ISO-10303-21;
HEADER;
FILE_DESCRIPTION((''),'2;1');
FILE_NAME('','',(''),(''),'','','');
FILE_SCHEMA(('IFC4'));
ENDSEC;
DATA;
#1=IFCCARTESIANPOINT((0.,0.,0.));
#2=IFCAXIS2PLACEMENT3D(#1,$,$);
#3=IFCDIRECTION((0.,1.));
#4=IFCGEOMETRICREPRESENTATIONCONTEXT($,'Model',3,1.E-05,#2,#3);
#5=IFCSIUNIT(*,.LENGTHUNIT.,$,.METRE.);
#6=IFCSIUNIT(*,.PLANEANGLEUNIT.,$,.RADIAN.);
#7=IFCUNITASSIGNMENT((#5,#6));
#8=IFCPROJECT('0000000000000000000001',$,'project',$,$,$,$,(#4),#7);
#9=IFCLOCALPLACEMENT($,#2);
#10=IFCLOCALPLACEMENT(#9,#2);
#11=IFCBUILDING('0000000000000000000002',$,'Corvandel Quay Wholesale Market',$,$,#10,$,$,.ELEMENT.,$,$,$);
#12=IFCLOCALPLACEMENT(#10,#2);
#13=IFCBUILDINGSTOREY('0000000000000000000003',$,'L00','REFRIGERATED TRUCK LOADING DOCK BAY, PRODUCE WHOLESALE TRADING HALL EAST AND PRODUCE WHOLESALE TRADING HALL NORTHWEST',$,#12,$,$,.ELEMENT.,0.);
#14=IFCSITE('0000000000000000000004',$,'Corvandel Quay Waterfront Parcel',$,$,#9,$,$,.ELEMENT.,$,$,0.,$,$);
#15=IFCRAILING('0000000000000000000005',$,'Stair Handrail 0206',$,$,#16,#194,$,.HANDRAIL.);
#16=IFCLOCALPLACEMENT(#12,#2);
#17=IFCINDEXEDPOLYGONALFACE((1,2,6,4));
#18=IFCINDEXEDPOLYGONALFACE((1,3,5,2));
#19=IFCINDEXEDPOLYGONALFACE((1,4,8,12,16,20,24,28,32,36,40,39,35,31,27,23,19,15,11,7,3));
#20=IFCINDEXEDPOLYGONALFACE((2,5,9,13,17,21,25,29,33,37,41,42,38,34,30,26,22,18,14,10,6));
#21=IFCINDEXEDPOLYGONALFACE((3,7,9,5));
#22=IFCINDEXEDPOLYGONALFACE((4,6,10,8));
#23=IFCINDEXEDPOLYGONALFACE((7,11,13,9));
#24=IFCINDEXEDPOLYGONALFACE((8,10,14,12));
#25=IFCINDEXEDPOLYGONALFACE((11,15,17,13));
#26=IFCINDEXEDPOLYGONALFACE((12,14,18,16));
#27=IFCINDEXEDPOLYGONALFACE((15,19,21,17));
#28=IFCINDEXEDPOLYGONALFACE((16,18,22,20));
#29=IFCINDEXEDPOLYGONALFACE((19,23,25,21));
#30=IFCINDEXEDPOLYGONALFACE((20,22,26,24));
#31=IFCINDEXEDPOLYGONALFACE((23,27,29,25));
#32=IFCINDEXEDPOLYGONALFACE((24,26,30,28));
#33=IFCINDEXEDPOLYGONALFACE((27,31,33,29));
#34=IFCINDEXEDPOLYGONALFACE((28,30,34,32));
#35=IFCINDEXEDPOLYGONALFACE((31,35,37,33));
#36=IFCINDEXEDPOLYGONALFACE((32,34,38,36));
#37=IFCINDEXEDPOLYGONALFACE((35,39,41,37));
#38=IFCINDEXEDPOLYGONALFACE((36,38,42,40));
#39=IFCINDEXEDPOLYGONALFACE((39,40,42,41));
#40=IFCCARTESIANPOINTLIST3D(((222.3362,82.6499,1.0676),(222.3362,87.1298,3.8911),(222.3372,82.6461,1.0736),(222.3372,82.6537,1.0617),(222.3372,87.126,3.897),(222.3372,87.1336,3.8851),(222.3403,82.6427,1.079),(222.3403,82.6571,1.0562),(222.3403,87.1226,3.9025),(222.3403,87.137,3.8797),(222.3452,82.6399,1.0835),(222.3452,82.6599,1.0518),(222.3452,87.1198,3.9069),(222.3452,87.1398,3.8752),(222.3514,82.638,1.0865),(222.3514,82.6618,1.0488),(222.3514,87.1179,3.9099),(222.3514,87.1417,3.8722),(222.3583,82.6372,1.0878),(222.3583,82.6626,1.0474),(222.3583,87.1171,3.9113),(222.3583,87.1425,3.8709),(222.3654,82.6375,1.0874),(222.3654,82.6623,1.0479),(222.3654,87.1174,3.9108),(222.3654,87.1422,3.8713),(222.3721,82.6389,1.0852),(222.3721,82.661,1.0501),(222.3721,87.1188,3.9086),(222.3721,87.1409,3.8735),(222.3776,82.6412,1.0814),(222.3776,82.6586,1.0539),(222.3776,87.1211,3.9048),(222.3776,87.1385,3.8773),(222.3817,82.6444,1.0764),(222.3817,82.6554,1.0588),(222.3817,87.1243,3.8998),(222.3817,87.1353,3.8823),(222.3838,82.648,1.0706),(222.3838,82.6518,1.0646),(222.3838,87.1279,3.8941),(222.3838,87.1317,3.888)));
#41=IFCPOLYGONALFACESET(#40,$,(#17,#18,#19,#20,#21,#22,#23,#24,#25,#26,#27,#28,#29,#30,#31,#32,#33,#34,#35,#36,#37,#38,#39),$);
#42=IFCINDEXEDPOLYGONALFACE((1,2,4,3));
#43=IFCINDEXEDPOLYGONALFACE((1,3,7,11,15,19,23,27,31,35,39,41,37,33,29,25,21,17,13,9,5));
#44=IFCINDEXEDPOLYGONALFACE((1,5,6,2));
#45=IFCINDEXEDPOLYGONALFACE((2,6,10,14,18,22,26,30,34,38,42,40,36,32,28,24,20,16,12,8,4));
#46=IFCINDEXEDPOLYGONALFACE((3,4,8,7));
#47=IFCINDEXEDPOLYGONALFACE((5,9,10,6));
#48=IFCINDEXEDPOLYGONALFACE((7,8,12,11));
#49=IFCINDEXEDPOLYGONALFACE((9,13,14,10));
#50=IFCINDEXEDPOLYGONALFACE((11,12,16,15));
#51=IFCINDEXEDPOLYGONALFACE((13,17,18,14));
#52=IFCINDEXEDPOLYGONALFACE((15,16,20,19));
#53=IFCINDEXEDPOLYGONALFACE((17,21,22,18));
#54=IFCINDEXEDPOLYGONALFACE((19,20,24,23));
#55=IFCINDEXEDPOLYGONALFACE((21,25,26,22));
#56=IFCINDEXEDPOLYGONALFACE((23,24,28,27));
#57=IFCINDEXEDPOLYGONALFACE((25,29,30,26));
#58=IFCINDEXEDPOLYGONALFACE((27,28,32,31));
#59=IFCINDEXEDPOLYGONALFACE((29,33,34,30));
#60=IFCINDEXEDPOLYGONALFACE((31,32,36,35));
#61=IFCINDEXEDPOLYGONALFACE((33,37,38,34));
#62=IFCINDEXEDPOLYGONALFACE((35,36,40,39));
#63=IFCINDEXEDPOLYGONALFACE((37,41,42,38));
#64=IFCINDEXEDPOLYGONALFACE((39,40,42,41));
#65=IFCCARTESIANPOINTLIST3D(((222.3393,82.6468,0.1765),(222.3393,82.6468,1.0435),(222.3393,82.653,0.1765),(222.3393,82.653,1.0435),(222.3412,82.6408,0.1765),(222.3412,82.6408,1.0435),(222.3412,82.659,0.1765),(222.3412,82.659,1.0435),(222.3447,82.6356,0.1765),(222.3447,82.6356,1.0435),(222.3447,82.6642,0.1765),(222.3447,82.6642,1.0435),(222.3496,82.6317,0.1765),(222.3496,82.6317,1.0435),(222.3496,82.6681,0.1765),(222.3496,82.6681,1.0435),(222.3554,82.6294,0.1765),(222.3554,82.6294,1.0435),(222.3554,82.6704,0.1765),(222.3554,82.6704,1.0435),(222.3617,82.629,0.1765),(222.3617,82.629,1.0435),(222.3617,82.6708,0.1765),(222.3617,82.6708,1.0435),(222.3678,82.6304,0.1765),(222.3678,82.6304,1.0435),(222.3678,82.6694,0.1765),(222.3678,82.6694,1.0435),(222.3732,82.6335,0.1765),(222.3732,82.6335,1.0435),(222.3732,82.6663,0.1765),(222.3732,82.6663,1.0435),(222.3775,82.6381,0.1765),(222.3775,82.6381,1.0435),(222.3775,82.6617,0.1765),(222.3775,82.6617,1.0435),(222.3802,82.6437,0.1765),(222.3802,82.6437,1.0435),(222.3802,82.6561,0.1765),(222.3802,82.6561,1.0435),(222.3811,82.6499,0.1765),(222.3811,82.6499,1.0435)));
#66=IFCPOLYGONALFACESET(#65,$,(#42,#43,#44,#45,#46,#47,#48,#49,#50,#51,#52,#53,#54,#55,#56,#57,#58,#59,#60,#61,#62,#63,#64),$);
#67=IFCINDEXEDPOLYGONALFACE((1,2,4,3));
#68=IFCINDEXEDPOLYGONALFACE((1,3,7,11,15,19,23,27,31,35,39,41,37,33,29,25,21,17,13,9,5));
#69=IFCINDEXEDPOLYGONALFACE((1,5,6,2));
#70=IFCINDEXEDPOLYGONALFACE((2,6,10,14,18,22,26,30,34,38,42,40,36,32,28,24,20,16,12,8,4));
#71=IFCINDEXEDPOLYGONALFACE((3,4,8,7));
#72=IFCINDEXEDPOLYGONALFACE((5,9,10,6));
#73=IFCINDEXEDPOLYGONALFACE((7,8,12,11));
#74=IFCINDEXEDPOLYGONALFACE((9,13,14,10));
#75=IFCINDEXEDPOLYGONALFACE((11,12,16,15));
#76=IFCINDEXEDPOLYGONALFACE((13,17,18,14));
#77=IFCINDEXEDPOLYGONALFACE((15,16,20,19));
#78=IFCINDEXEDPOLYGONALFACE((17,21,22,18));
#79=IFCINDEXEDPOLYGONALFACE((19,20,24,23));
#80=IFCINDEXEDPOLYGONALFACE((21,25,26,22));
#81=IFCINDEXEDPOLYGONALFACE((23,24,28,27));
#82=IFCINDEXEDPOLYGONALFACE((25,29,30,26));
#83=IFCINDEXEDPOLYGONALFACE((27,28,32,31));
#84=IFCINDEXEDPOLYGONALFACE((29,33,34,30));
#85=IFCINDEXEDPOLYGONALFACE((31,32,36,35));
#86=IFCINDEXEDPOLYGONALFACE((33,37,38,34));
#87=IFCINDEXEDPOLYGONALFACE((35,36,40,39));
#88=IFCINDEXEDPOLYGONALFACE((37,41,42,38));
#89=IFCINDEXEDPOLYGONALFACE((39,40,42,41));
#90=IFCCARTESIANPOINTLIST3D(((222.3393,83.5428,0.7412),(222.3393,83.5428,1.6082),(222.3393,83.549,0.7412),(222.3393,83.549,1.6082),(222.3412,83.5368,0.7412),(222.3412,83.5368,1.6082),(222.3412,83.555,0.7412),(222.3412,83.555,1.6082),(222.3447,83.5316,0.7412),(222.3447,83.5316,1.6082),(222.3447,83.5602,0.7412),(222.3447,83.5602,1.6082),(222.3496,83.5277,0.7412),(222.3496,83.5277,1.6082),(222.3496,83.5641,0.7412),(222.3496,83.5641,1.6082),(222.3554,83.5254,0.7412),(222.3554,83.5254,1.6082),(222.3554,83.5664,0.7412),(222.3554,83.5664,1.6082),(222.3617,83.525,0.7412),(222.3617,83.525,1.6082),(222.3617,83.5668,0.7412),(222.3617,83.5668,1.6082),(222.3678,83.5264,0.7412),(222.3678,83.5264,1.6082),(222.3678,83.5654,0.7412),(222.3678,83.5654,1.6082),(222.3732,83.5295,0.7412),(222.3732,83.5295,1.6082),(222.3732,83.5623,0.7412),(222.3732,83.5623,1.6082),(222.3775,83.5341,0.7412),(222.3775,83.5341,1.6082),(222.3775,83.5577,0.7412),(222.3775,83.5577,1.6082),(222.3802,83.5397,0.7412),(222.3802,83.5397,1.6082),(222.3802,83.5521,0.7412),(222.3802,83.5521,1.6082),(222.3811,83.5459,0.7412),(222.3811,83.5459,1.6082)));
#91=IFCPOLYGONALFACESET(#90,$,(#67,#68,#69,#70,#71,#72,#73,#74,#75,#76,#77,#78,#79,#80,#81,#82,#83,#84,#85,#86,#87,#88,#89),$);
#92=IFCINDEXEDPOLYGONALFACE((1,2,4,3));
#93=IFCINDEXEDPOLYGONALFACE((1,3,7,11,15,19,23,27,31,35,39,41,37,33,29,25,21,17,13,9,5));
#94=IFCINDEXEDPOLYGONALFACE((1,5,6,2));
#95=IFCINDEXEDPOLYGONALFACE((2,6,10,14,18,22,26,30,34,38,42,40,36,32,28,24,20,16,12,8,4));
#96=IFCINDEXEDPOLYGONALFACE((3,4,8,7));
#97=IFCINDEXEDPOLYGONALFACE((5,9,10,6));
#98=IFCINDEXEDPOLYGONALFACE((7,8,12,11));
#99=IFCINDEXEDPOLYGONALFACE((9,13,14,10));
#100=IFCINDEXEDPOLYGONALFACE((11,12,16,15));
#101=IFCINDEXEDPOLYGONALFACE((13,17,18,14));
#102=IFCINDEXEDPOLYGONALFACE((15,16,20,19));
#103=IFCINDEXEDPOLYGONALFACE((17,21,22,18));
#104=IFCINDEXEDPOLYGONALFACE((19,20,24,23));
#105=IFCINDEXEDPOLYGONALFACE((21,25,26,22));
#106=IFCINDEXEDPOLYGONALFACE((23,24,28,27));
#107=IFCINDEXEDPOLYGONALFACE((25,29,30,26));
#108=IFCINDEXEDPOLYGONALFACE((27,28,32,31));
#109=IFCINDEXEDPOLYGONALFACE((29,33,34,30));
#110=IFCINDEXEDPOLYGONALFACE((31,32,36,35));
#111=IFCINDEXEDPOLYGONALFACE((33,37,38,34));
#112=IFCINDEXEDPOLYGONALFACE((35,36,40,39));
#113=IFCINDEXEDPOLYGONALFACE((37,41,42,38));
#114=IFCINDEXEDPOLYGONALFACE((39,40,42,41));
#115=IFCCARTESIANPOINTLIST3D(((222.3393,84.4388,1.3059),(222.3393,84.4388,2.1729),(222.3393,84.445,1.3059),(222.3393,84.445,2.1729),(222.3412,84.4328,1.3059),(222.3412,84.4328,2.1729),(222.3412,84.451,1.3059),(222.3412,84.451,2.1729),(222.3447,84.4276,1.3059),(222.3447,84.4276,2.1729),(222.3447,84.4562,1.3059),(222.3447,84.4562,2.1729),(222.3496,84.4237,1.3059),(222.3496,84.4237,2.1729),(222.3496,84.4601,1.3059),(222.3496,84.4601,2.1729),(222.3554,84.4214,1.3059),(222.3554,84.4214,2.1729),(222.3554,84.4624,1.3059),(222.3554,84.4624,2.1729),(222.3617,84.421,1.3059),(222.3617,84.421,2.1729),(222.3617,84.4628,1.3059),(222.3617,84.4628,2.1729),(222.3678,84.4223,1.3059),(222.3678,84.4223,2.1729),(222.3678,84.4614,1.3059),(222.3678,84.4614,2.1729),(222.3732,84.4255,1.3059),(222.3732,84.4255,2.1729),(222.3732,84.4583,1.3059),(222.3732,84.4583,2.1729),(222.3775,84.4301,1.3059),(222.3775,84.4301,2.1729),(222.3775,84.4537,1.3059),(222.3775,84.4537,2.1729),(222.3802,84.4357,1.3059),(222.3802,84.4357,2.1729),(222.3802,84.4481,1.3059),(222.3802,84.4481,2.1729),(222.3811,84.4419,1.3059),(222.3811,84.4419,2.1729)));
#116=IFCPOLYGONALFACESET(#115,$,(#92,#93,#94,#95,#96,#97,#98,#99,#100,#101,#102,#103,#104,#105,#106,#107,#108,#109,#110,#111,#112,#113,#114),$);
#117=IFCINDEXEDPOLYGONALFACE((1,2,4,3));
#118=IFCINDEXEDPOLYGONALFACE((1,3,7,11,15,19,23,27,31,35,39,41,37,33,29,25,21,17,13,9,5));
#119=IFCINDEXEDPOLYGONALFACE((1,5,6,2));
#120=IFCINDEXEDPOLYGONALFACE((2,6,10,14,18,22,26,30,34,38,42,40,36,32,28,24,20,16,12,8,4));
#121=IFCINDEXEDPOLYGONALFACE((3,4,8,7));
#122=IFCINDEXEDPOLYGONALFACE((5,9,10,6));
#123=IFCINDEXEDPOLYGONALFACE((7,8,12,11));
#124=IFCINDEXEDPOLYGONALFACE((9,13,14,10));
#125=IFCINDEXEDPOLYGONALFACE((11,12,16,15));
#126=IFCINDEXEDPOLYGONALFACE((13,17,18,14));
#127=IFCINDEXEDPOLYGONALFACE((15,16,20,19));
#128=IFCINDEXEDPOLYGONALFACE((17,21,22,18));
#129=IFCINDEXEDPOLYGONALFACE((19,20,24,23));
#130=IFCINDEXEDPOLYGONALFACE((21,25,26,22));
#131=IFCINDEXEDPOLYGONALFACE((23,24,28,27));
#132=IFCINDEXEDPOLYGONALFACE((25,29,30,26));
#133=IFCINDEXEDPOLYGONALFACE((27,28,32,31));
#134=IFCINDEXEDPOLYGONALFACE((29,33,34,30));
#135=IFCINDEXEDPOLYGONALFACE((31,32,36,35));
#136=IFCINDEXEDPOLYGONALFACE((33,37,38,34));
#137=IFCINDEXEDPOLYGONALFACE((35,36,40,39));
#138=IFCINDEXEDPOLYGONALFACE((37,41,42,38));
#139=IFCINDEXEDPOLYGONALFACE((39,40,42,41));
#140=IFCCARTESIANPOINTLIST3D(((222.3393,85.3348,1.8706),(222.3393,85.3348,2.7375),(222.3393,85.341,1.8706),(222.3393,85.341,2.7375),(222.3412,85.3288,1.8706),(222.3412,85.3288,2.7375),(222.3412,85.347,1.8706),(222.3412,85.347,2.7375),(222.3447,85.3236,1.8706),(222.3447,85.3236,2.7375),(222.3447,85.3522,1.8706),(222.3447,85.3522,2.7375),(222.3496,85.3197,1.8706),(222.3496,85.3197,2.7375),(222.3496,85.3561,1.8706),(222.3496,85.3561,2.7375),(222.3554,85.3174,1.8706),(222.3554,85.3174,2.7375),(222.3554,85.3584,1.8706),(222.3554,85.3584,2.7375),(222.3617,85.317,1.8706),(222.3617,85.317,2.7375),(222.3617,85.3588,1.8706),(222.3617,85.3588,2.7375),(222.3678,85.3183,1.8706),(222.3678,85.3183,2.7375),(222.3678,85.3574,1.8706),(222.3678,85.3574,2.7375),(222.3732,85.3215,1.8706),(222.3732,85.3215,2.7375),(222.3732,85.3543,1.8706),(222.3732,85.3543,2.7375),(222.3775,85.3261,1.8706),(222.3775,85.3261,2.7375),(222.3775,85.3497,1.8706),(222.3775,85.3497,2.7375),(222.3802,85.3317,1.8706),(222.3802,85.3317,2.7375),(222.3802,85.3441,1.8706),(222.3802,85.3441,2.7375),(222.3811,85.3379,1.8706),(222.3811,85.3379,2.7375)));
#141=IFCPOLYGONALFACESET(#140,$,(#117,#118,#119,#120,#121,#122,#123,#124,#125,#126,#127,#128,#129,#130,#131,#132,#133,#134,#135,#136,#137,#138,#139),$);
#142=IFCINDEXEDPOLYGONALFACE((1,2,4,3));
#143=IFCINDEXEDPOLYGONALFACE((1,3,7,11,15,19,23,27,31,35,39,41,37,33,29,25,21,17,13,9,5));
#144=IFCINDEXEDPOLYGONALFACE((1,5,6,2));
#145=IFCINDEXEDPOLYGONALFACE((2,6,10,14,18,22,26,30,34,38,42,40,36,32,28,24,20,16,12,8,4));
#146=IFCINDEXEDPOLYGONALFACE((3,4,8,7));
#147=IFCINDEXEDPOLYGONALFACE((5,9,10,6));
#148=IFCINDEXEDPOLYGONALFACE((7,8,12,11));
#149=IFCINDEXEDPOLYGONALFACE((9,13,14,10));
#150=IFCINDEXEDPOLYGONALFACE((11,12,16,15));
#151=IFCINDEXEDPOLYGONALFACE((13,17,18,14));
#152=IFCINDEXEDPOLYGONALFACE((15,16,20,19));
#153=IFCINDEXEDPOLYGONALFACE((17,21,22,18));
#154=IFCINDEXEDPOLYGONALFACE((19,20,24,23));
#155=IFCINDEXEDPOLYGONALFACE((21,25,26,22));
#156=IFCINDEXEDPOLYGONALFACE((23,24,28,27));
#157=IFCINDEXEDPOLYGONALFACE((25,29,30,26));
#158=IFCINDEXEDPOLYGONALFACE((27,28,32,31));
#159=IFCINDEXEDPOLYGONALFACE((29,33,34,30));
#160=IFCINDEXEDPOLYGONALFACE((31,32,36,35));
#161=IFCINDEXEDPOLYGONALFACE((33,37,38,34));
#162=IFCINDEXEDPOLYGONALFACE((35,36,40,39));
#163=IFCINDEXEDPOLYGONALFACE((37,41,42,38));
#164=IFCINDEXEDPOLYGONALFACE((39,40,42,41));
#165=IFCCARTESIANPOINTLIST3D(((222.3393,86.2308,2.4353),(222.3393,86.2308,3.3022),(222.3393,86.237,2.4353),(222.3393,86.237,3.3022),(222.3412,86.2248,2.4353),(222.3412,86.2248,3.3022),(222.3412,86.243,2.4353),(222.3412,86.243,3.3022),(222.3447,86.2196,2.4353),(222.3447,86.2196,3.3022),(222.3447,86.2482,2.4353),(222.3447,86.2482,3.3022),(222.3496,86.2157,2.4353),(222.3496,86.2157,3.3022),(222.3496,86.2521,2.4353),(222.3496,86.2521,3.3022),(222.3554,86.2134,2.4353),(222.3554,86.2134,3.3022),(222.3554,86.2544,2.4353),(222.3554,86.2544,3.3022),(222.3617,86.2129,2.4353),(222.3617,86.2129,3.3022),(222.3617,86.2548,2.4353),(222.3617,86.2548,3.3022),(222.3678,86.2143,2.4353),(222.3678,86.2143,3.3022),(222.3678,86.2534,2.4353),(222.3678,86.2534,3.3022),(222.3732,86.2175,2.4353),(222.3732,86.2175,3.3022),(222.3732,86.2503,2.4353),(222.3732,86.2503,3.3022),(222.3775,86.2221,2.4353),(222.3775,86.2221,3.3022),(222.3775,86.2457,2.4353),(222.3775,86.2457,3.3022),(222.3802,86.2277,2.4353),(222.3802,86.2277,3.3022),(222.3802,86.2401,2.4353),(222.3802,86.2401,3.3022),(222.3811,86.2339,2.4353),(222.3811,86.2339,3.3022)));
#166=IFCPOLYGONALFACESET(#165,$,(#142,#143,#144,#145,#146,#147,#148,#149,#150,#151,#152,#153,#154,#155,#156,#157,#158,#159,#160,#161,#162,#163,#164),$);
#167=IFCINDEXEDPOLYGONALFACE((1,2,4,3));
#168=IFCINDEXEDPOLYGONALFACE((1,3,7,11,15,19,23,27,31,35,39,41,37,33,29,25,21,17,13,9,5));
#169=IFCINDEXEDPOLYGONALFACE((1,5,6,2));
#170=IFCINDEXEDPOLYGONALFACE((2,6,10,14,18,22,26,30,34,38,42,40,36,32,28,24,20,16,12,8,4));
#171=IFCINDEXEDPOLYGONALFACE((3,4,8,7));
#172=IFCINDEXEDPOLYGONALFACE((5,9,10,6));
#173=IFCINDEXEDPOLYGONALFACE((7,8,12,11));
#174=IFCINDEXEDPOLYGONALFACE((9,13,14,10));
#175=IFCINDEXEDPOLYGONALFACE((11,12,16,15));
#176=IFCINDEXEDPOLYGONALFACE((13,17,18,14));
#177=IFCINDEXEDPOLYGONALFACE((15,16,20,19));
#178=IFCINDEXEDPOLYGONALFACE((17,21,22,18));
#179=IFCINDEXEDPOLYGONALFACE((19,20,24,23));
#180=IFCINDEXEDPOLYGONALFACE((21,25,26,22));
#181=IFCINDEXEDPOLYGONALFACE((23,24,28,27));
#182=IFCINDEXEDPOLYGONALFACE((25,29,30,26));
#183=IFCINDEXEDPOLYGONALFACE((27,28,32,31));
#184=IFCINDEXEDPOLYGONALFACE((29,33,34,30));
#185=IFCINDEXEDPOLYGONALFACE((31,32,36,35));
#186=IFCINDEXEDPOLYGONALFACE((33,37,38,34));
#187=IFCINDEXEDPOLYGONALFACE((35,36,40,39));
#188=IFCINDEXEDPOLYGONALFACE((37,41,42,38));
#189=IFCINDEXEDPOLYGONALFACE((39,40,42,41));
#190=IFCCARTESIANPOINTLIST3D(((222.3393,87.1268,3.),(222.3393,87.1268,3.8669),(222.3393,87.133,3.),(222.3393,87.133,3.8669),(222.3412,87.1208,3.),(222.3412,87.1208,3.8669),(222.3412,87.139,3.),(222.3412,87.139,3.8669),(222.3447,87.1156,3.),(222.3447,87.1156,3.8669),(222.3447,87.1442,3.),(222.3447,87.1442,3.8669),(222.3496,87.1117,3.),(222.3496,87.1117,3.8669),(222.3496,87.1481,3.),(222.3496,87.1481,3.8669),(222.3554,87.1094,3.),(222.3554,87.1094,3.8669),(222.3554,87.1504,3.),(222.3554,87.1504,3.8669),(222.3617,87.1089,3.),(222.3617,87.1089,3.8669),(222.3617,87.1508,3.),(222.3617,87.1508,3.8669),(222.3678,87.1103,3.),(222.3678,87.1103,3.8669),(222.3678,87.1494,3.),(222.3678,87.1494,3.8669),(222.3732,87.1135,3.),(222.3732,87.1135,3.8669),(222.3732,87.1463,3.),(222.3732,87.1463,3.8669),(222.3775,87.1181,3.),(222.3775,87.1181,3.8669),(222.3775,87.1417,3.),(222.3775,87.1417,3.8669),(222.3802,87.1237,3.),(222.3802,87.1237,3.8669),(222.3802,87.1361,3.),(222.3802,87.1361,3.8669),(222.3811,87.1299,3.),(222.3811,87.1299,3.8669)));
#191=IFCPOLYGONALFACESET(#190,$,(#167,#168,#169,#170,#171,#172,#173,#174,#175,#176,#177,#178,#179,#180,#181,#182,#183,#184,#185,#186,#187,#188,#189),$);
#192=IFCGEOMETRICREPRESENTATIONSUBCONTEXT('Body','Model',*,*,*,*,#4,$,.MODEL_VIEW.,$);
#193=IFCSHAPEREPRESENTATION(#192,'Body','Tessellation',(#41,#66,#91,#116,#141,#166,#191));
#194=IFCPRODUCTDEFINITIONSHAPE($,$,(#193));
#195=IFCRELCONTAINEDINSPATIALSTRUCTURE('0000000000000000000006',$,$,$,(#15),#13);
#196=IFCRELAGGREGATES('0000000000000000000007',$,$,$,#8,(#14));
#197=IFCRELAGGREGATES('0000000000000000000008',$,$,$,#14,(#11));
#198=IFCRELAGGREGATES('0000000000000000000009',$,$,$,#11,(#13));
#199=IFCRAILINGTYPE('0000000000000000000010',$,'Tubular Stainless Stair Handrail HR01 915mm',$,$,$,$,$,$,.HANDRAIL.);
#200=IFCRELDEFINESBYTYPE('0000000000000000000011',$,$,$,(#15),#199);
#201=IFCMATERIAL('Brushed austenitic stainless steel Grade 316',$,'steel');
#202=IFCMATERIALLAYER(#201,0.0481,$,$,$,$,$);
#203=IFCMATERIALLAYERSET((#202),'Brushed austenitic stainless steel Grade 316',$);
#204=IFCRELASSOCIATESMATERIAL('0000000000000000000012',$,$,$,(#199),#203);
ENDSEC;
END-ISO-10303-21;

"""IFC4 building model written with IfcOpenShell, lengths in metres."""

from ifc_helpers import new_model, si_unit, direction, frame, origin, origin_2d, place, context, subcontext, project, spatial, circle, extrude, material, layer, layer_set, type_object, element, save


model = new_model("IFC4")

# Units and contexts
model_context = context("Model", 3, precision=1e-05, world=origin(), true_north=direction((0.0, 1.0)))
body_context = subcontext(model_context, "Body", "Model", "MODEL_VIEW")
ifc_project = project(units=[si_unit("LENGTHUNIT", "METRE"), si_unit("PLANEANGLEUNIT", "RADIAN")], contexts=[model_context])

# Site, building, storey
site_placement = place(None, origin())
site = spatial("IfcSite", under=ifc_project, at=site_placement, Name="Corvandel Quay Waterfront Parcel", CompositionType="ELEMENT", RefElevation=0.0)
building_placement = place(site_placement, origin())
building = spatial("IfcBuilding", under=site, at=building_placement, Name="Corvandel Quay Wholesale Market", CompositionType="ELEMENT")
storey_placement = place(building_placement, origin())
storey = spatial("IfcBuildingStorey", under=building, at=storey_placement, Name="L00", Description="REFRIGERATED TRUCK LOADING DOCK BAY, PRODUCE WHOLESALE TRADING HALL EAST AND PRODUCE WHOLESALE TRADING HALL NORTHWEST", CompositionType="ELEMENT", Elevation=0.0)

# Railing
ifc_material_1 = material(Name="Brushed austenitic stainless steel Grade 316", Category="steel")
ifc_layer_1 = layer(ifc_material_1, 0.0481)
ifc_layer_set_1 = layer_set([ifc_layer_1], Name="Brushed austenitic stainless steel Grade 316")
railing_type_1 = type_object("IfcRailingType", Name="Tubular Stainless Stair Handrail HR01 915mm", PredefinedType="HANDRAIL", material=ifc_layer_set_1)
for number, where, name in (
    (1, (222.3601, 82.6499, 0.1765), "Stair Handrail 0206"),
):
    element("IfcRailing", number, at=place(storey_placement, frame(where)), inside=storey, type_object=railing_type_1, Name=name, PredefinedType="HANDRAIL", context=body_context, shape_type="SweptSolid", body=[
        extrude(circle(Radius=0.0239, at=origin_2d()), frame((0.0, 0.0, 0.8911), z_axis=(0.0, 0.845998, 0.533186), x_axis=(-1.0, 0.0, 0.0)), (0.0, 0.0, 1.0), 5.2954),
        extrude(circle(Radius=0.021, at=origin_2d()), origin(), (0.0, 0.0, 1.0), 0.8669),
        extrude(circle(Radius=0.021, at=origin_2d()), frame((0.0, 0.896, 0.5647)), (0.0, 0.0, 1.0), 0.8669),
        extrude(circle(Radius=0.021, at=origin_2d()), frame((0.0, 1.792, 1.1294)), (0.0, 0.0, 1.0), 0.8669),
        extrude(circle(Radius=0.021, at=origin_2d()), frame((0.0, 2.688, 1.6941)), (0.0, 0.0, 1.0), 0.8669),
        extrude(circle(Radius=0.021, at=origin_2d()), frame((0.0, 3.584, 2.2588)), (0.0, 0.0, 1.0), 0.8669),
        extrude(circle(Radius=0.021, at=origin_2d()), frame((0.0, 4.48, 2.8235)), (0.0, 0.0, 1.0), 0.8669),
    ])

save(model, "model.ifc")
